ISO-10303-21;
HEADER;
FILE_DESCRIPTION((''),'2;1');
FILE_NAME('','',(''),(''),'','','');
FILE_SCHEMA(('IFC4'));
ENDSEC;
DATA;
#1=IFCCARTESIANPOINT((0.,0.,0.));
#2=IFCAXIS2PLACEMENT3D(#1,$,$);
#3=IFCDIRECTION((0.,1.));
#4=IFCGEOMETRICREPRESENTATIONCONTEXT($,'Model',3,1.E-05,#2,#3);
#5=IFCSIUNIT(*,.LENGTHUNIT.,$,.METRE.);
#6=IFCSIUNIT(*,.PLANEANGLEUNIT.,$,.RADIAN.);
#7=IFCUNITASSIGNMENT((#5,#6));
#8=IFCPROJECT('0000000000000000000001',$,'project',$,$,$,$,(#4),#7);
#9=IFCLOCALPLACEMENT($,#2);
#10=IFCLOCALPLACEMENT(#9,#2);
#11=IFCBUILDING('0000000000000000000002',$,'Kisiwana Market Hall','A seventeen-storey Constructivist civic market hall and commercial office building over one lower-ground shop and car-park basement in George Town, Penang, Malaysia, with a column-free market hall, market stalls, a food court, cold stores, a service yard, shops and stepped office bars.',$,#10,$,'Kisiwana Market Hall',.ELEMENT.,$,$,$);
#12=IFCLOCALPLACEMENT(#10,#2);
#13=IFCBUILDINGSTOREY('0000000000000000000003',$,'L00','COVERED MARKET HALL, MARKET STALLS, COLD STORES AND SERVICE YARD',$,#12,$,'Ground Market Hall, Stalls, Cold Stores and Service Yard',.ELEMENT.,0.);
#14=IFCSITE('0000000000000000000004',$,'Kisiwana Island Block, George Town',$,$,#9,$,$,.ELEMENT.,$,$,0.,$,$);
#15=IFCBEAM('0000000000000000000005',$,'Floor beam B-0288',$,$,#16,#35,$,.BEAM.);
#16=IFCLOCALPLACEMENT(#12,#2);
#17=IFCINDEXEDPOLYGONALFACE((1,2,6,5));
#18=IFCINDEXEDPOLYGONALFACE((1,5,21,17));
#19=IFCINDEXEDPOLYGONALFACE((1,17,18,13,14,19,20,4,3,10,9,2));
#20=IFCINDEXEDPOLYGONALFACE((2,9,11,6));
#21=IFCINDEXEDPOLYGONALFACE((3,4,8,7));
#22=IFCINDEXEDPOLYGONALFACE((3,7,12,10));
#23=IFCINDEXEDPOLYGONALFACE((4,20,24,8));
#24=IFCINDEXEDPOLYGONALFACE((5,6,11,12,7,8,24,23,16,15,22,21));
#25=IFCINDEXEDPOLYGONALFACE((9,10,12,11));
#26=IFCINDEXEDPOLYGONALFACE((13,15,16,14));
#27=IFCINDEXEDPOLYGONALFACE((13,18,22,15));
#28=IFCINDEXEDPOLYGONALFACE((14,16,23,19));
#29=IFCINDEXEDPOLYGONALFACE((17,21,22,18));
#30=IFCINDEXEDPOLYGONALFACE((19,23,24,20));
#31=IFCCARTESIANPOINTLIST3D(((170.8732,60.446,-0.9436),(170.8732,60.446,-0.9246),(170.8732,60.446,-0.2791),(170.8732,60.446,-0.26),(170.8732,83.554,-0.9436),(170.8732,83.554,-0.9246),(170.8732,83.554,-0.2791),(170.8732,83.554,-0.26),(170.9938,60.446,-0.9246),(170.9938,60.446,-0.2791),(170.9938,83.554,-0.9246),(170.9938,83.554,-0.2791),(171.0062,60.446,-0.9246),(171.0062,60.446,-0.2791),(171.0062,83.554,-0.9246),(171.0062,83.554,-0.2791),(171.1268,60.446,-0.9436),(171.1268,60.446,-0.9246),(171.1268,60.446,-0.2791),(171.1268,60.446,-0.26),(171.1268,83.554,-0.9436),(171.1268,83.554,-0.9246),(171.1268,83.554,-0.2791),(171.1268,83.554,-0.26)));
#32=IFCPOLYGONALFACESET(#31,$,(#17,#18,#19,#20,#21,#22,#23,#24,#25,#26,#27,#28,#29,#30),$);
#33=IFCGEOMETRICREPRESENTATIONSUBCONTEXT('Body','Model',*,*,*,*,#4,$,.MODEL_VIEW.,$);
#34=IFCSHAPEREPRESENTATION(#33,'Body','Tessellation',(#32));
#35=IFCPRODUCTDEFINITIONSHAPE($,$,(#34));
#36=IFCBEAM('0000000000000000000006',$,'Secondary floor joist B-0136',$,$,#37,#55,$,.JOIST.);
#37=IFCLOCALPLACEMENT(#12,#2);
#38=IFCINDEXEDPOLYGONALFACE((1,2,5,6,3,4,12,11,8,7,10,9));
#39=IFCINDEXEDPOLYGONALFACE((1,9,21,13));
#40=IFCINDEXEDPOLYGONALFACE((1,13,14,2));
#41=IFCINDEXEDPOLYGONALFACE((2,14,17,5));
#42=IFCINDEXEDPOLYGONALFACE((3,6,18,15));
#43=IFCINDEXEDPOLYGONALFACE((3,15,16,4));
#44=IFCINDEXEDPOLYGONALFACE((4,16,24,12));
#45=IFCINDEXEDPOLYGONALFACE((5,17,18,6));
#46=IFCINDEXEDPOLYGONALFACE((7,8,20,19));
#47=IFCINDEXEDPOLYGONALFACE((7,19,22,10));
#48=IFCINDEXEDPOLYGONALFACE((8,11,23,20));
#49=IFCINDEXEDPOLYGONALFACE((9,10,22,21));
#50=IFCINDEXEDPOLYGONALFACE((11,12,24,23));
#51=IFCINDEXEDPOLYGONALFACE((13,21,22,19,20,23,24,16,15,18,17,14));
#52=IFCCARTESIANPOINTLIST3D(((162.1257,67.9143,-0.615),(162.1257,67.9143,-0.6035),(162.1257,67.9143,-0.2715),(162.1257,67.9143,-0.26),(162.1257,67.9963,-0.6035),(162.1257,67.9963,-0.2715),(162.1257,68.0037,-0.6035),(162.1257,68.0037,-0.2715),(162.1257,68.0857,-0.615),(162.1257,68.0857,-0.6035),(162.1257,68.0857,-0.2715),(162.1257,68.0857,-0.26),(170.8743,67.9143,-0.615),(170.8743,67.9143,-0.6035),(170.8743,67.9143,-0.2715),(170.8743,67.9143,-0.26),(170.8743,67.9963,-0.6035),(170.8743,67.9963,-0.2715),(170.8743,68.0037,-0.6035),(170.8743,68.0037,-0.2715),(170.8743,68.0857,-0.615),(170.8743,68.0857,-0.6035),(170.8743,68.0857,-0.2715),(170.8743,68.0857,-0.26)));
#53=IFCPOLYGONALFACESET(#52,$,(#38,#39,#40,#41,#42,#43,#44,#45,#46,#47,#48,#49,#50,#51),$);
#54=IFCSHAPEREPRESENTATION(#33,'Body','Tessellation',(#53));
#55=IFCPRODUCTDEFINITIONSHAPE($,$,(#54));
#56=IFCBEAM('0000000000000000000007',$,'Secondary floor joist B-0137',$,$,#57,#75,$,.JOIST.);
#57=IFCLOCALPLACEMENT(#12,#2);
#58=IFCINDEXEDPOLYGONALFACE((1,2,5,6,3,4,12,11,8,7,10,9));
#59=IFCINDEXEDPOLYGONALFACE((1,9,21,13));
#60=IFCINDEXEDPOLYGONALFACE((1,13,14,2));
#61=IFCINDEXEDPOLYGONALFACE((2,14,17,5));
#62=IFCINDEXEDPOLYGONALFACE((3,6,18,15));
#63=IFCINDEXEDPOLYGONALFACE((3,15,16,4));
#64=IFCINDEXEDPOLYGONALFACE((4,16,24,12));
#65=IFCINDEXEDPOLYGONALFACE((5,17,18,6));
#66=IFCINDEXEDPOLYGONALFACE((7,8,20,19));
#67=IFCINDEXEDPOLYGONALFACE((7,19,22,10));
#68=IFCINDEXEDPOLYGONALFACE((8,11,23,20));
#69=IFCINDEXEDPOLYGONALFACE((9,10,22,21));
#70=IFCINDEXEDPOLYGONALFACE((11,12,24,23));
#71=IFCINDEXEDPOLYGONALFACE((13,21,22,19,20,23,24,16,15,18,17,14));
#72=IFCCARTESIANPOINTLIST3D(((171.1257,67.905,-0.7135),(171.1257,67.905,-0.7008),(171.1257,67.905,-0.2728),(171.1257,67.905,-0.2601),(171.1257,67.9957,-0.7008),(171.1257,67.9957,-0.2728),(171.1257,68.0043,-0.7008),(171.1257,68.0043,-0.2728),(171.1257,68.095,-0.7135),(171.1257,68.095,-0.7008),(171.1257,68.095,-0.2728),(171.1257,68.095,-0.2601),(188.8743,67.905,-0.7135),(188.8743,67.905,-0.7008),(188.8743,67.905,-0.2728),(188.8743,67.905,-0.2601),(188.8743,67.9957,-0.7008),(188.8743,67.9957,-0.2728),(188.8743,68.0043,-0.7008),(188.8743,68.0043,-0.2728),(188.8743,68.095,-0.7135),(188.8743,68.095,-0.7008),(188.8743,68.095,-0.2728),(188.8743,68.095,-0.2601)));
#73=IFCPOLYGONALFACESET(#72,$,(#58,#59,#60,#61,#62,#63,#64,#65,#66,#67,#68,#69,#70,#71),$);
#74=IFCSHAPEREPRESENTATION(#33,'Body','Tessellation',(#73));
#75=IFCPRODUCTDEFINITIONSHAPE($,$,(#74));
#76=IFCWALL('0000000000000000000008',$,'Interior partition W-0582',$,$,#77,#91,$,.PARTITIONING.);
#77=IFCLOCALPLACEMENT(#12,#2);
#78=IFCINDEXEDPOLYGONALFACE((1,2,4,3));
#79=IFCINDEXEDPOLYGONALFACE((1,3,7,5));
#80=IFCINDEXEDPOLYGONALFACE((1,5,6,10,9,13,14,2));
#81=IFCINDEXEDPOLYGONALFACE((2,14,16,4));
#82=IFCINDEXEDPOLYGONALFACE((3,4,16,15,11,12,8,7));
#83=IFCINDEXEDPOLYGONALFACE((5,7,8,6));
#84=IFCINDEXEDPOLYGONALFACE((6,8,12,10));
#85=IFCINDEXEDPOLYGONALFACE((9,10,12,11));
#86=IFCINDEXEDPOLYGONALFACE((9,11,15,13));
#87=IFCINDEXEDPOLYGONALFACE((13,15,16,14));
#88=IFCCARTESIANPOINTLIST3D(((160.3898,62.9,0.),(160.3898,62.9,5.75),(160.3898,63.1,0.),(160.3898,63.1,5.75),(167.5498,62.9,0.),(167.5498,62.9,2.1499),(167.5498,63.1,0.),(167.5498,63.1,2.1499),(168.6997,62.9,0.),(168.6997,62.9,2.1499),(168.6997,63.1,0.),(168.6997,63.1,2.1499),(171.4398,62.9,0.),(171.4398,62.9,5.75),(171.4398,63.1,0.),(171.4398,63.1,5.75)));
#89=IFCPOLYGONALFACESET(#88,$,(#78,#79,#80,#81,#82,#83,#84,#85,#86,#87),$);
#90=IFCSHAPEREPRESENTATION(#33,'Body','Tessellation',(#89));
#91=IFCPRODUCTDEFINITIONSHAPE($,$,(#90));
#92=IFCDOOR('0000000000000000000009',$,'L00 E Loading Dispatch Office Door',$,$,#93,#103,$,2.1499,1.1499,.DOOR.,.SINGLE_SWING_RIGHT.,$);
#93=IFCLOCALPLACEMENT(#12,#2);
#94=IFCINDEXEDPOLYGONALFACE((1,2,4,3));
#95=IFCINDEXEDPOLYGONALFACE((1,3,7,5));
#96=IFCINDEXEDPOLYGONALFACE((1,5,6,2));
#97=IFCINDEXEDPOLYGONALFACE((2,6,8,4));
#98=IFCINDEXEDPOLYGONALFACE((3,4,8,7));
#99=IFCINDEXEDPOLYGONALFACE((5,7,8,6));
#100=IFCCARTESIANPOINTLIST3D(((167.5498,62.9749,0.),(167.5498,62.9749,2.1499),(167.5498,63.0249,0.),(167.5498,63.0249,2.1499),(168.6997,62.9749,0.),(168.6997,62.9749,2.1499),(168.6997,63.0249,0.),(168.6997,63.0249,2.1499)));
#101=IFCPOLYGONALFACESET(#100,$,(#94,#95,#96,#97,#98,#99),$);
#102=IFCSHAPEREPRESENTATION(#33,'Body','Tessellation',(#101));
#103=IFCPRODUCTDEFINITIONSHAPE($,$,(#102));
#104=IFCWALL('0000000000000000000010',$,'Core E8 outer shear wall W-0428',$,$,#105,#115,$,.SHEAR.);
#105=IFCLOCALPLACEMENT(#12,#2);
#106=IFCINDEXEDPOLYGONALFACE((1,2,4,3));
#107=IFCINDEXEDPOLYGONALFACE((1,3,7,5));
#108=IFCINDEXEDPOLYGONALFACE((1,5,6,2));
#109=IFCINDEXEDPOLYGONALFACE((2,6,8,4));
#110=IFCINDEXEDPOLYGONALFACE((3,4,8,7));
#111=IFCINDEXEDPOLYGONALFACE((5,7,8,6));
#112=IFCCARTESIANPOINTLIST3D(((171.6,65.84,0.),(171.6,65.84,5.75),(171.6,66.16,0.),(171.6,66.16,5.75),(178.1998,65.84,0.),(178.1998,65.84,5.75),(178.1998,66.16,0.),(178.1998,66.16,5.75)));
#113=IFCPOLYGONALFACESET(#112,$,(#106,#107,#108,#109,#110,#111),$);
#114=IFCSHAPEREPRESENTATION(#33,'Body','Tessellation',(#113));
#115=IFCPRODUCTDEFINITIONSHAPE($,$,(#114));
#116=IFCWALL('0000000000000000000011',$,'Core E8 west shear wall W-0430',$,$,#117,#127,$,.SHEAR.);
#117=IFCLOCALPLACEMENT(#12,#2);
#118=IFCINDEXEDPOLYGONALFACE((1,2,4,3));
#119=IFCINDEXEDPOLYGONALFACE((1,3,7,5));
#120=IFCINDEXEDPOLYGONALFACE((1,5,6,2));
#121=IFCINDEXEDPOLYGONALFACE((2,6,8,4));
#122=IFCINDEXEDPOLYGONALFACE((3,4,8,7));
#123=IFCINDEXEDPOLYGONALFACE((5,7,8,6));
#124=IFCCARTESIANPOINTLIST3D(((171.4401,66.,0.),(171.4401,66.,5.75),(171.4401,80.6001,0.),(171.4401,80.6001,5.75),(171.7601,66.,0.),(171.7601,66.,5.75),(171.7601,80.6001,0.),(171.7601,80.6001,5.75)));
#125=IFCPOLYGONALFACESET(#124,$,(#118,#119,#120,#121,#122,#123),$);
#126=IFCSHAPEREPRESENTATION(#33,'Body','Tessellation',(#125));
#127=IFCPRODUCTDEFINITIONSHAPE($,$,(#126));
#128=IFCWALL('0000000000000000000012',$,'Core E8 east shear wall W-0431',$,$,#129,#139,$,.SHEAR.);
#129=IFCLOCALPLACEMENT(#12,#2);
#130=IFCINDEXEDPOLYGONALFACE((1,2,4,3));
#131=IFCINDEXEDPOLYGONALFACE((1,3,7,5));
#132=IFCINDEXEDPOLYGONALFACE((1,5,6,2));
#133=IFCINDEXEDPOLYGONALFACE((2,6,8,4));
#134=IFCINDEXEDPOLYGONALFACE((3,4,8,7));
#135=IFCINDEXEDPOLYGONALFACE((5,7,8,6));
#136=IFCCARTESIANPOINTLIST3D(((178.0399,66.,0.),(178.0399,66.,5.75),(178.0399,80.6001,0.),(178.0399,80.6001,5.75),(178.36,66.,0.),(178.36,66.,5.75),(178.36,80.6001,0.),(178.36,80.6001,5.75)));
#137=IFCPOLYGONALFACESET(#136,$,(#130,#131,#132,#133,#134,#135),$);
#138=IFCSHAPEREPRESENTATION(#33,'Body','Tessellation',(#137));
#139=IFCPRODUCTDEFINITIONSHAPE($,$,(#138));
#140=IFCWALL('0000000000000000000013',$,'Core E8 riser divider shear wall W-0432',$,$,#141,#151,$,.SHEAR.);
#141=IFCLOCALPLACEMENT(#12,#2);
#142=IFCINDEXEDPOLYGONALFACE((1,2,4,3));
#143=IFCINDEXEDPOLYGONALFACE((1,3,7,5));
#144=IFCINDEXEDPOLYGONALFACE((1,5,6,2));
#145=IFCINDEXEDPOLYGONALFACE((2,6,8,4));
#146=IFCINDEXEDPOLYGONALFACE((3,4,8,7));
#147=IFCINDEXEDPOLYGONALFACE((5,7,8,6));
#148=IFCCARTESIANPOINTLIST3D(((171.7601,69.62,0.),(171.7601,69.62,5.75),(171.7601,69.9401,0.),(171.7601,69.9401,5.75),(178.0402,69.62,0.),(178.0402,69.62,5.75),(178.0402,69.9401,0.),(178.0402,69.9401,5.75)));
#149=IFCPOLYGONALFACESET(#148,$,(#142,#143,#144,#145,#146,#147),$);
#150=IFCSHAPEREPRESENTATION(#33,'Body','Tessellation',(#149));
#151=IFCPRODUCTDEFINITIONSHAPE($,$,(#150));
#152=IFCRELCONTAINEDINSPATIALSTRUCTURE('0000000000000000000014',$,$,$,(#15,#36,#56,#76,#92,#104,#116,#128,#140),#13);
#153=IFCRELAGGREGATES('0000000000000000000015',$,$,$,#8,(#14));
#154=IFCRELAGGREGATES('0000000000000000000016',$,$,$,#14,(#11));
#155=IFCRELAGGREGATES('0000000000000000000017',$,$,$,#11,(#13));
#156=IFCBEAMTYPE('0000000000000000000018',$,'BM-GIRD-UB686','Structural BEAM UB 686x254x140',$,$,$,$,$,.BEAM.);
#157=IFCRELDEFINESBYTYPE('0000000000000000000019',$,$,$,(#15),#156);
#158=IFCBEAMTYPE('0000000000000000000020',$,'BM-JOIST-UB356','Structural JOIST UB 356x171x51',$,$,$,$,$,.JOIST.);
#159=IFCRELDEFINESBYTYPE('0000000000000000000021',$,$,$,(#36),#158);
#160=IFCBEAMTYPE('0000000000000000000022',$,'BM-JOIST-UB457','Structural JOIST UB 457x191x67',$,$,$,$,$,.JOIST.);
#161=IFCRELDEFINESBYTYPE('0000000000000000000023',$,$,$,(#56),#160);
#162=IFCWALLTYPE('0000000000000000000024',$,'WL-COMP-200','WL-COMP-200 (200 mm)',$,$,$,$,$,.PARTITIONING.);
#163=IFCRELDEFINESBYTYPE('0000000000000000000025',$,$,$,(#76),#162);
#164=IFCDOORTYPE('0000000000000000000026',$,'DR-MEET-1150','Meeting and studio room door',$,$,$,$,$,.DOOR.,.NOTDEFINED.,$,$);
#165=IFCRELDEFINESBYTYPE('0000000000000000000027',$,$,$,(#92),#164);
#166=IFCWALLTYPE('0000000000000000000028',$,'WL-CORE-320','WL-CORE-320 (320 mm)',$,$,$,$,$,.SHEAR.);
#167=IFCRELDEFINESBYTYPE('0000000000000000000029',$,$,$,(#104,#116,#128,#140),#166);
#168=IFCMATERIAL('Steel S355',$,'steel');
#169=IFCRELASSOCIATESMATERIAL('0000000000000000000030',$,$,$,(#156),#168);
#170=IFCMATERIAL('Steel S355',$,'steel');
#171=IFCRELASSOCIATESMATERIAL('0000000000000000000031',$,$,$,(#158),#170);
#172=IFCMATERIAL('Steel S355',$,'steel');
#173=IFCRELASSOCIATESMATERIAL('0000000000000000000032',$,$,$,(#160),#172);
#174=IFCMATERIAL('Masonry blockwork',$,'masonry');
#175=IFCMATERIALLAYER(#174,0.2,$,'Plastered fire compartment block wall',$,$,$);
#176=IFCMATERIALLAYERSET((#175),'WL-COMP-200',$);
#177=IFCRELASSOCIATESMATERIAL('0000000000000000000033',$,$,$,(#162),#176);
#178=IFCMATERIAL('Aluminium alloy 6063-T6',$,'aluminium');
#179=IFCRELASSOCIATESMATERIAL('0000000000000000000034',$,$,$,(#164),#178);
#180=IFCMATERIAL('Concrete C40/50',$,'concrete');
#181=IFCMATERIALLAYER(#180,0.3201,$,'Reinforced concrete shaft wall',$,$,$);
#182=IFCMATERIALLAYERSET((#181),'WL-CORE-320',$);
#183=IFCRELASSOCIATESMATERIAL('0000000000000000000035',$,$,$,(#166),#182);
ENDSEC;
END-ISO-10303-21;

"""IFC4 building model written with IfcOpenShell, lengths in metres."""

from ifc_helpers import new_model, si_unit, direction, frame, frame_2d, origin, origin_2d, place, context, subcontext, project, spatial, rectangle, i_section, extrude, material, layer, layer_set, material_profile, profile_set, type_object, element, fill, save


model = new_model("IFC4")

# Units and contexts
model_context = context("Model", 3, precision=1e-05, world=origin(), true_north=direction((0.0, 1.0)))
body_context = subcontext(model_context, "Body", "Model", "MODEL_VIEW")
ifc_project = project(units=[si_unit("LENGTHUNIT", "METRE"), si_unit("PLANEANGLEUNIT", "RADIAN")], contexts=[model_context])

# Site, building, storey
site_placement = place(None, origin())
site = spatial("IfcSite", under=ifc_project, at=site_placement, Name="Kisiwana Island Block, George Town", CompositionType="ELEMENT", RefElevation=0.0)
building_placement = place(site_placement, origin())
building = spatial("IfcBuilding", under=site, at=building_placement, Name="Kisiwana Market Hall", Description="A seventeen-storey Constructivist civic market hall and commercial office building over one lower-ground shop and car-park basement in George Town, Penang, Malaysia, with a column-free market hall, market stalls, a food court, cold stores, a service yard, shops and stepped office bars.", LongName="Kisiwana Market Hall", CompositionType="ELEMENT")
storey_placement = place(building_placement, origin())
storey = spatial("IfcBuildingStorey", under=building, at=storey_placement, Name="L00", Description="COVERED MARKET HALL, MARKET STALLS, COLD STORES AND SERVICE YARD", LongName="Ground Market Hall, Stalls, Cold Stores and Service Yard", CompositionType="ELEMENT", Elevation=0.0)

# Beams
ifc_material_1 = material(Name="Steel S355", Category="steel")
ifc_material_profile_1 = material_profile(ifc_material_1, i_section(OverallWidth=0.2537, OverallDepth=0.6836, WebThickness=0.0125, FlangeThickness=0.019, at=origin_2d()), Name="UB 686x254x140")
ifc_profile_set_1 = profile_set([ifc_material_profile_1], Name="Steel S355")
beam_type_1 = type_object("IfcBeamType", Name="BM-GIRD-UB686", Description="Structural BEAM UB 686x254x140", PredefinedType="BEAM", material=ifc_profile_set_1)
beam_1_placement = place(storey_placement, frame((171.0, 60.446, -0.6018), z_axis=(0.0, 1.0, 0.0), x_axis=(-1.0, 0.0, 0.0)))
element("IfcBeam", 1, at=beam_1_placement, inside=storey, type_object=beam_type_1, Name="Floor beam B-0288", PredefinedType="BEAM", context=body_context, shape_type="SweptSolid", body=[
    extrude(i_section(OverallWidth=0.2537, OverallDepth=0.6836, WebThickness=0.0125, FlangeThickness=0.019, at=origin_2d()), origin(), (0.0, 0.0, 1.0), 23.1079),
])
ifc_material_2 = material(Name="Steel S355", Category="steel")
ifc_material_profile_2 = material_profile(ifc_material_2, i_section(OverallWidth=0.1714, OverallDepth=0.355, WebThickness=0.0073, FlangeThickness=0.0115, at=origin_2d()), Name="UB 356x171x51")
ifc_profile_set_2 = profile_set([ifc_material_profile_2], Name="Steel S355")
beam_type_2 = type_object("IfcBeamType", Name="BM-JOIST-UB356", Description="Structural JOIST UB 356x171x51", PredefinedType="JOIST", material=ifc_profile_set_2)
beam_2_placement = place(storey_placement, frame((162.1257, 68.0, -0.4375), z_axis=(1.0, 0.0, 0.0), x_axis=(0.0, 1.0, 0.0)))
element("IfcBeam", 2, at=beam_2_placement, inside=storey, type_object=beam_type_2, Name="Secondary floor joist B-0136", PredefinedType="JOIST", context=body_context, shape_type="SweptSolid", body=[
    extrude(i_section(OverallWidth=0.1714, OverallDepth=0.355, WebThickness=0.0073, FlangeThickness=0.0115, at=origin_2d()), origin(), (0.0, 0.0, 1.0), 8.7485),
])
ifc_material_3 = material(Name="Steel S355", Category="steel")
ifc_material_profile_3 = material_profile(ifc_material_3, i_section(OverallWidth=0.1899, OverallDepth=0.4534, WebThickness=0.0085, FlangeThickness=0.0127, at=origin_2d()), Name="UB 457x191x67")
ifc_profile_set_3 = profile_set([ifc_material_profile_3], Name="Steel S355")
beam_type_3 = type_object("IfcBeamType", Name="BM-JOIST-UB457", Description="Structural JOIST UB 457x191x67", PredefinedType="JOIST", material=ifc_profile_set_3)
beam_3_placement = place(storey_placement, frame((171.1257, 68.0, -0.4868), z_axis=(1.0, 0.0, 0.0), x_axis=(0.0, 1.0, 0.0)))
element("IfcBeam", 3, at=beam_3_placement, inside=storey, type_object=beam_type_3, Name="Secondary floor joist B-0137", PredefinedType="JOIST", context=body_context, shape_type="SweptSolid", body=[
    extrude(i_section(OverallWidth=0.1899, OverallDepth=0.4534, WebThickness=0.0085, FlangeThickness=0.0127, at=origin_2d()), origin(), (0.0, 0.0, 1.0), 17.7485),
])

# Wall, opening, door
ifc_material_4 = material(Name="Masonry blockwork", Category="masonry")
ifc_layer_1 = layer(ifc_material_4, 0.2, Name="Plastered fire compartment block wall")
ifc_layer_set_1 = layer_set([ifc_layer_1], Name="WL-COMP-200")
wall_type_1 = type_object("IfcWallType", Name="WL-COMP-200", Description="WL-COMP-200 (200 mm)", PredefinedType="PARTITIONING", material=ifc_layer_set_1)
wall_1_placement = place(storey_placement, frame((160.3899, 63.0, 0.0), z_axis=(0.0, 0.0, 1.0), x_axis=(1.0, 0.0, 0.0)))
wall_1 = element("IfcWall", 4, at=wall_1_placement, inside=storey, type_object=wall_type_1, Name="Interior partition W-0582", PredefinedType="PARTITIONING", context=body_context, shape_type="SweptSolid", body=[
    extrude(rectangle(XDim=11.05, YDim=0.2, at=frame_2d((5.5249, 0.0))), origin(), (0.0, 0.0, 1.0), 5.75),
])
opening_1_placement = place(wall_1_placement, frame((7.1599, 0.0, 0.0)))
opening_1 = element("IfcOpeningElement", 5, at=opening_1_placement, cuts=wall_1, PredefinedType="OPENING", context=body_context, shape_type="SweptSolid", body=[
    extrude(rectangle(XDim=1.1499, YDim=2.1499, at=frame_2d((0.575, 1.075))), frame((0.0, 0.1118, 0.0), z_axis=(0.0, -1.0, 0.0), x_axis=(1.0, 0.0, 0.0)), (0.0, 0.0, 1.0), 0.2239),
])
ifc_material_5 = material(Name="Aluminium alloy 6063-T6", Category="aluminium")
door_type_1 = type_object("IfcDoorType", Name="DR-MEET-1150", Description="Meeting and studio room door", OperationType="NOTDEFINED", PredefinedType="DOOR", material=ifc_material_5)
door_1_placement = place(opening_1_placement, origin())
door_1 = element("IfcDoor", 6, at=door_1_placement, inside=storey, type_object=door_type_1, Name="L00 E Loading Dispatch Office Door", OperationType="SINGLE_SWING_RIGHT", OverallHeight=2.1499, OverallWidth=1.1499, PredefinedType="DOOR", context=body_context, shape_type="SweptSolid", body=[
    extrude(rectangle(XDim=1.1499, YDim=2.1499, at=frame_2d((0.575, 1.075))), frame((0.0, 0.0249, 0.0), z_axis=(0.0, -1.0, 0.0), x_axis=(1.0, 0.0, 0.0)), (0.0, 0.0, 1.0), 0.05),
])
fill(opening_1, door_1)

# Walls
ifc_material_6 = material(Name="Concrete C40/50", Category="concrete")
ifc_layer_2 = layer(ifc_material_6, 0.3201, Name="Reinforced concrete shaft wall")
ifc_layer_set_2 = layer_set([ifc_layer_2], Name="WL-CORE-320")
wall_type_2 = type_object("IfcWallType", Name="WL-CORE-320", Description="WL-CORE-320 (320 mm)", PredefinedType="SHEAR", material=ifc_layer_set_2)
wall_2_placement = place(storey_placement, frame((171.6001, 66.0, 0.0), z_axis=(0.0, 0.0, 1.0), x_axis=(1.0, 0.0, 0.0)))
element("IfcWall", 7, at=wall_2_placement, inside=storey, type_object=wall_type_2, Name="Core E8 outer shear wall W-0428", PredefinedType="SHEAR", context=body_context, shape_type="SweptSolid", body=[
    extrude(rectangle(XDim=6.5999, YDim=0.3201, at=frame_2d((3.2998, 0.0))), origin(), (0.0, 0.0, 1.0), 5.75),
])
for number, where, z_axis, x_axis, name in (
    (8, (171.6001, 66.0, 0.0), (0.0, 0.0, 1.0), (0.0, 1.0, 0.0), "Core E8 west shear wall W-0430"),
    (9, (178.2, 66.0, 0.0), (0.0, 0.0, 1.0), (0.0, 1.0, 0.0), "Core E8 east shear wall W-0431"),
):
    element("IfcWall", number, at=place(storey_placement, frame(where, z_axis=z_axis, x_axis=x_axis)), inside=storey, type_object=wall_type_2, Name=name, PredefinedType="SHEAR", context=body_context, shape_type="SweptSolid", body=[
        extrude(rectangle(XDim=14.6001, YDim=0.3201, at=frame_2d((7.3, 0.0))), origin(), (0.0, 0.0, 1.0), 5.75),
    ])
wall_3_placement = place(storey_placement, frame((171.76, 69.78, 0.0), z_axis=(0.0, 0.0, 1.0), x_axis=(1.0, 0.0, 0.0)))
element("IfcWall", 10, at=wall_3_placement, inside=storey, type_object=wall_type_2, Name="Core E8 riser divider shear wall W-0432", PredefinedType="SHEAR", context=body_context, shape_type="SweptSolid", body=[
    extrude(rectangle(XDim=6.28, YDim=0.3201, at=frame_2d((3.1401, 0.0))), origin(), (0.0, 0.0, 1.0), 5.75),
])

save(model, "model.ifc")
